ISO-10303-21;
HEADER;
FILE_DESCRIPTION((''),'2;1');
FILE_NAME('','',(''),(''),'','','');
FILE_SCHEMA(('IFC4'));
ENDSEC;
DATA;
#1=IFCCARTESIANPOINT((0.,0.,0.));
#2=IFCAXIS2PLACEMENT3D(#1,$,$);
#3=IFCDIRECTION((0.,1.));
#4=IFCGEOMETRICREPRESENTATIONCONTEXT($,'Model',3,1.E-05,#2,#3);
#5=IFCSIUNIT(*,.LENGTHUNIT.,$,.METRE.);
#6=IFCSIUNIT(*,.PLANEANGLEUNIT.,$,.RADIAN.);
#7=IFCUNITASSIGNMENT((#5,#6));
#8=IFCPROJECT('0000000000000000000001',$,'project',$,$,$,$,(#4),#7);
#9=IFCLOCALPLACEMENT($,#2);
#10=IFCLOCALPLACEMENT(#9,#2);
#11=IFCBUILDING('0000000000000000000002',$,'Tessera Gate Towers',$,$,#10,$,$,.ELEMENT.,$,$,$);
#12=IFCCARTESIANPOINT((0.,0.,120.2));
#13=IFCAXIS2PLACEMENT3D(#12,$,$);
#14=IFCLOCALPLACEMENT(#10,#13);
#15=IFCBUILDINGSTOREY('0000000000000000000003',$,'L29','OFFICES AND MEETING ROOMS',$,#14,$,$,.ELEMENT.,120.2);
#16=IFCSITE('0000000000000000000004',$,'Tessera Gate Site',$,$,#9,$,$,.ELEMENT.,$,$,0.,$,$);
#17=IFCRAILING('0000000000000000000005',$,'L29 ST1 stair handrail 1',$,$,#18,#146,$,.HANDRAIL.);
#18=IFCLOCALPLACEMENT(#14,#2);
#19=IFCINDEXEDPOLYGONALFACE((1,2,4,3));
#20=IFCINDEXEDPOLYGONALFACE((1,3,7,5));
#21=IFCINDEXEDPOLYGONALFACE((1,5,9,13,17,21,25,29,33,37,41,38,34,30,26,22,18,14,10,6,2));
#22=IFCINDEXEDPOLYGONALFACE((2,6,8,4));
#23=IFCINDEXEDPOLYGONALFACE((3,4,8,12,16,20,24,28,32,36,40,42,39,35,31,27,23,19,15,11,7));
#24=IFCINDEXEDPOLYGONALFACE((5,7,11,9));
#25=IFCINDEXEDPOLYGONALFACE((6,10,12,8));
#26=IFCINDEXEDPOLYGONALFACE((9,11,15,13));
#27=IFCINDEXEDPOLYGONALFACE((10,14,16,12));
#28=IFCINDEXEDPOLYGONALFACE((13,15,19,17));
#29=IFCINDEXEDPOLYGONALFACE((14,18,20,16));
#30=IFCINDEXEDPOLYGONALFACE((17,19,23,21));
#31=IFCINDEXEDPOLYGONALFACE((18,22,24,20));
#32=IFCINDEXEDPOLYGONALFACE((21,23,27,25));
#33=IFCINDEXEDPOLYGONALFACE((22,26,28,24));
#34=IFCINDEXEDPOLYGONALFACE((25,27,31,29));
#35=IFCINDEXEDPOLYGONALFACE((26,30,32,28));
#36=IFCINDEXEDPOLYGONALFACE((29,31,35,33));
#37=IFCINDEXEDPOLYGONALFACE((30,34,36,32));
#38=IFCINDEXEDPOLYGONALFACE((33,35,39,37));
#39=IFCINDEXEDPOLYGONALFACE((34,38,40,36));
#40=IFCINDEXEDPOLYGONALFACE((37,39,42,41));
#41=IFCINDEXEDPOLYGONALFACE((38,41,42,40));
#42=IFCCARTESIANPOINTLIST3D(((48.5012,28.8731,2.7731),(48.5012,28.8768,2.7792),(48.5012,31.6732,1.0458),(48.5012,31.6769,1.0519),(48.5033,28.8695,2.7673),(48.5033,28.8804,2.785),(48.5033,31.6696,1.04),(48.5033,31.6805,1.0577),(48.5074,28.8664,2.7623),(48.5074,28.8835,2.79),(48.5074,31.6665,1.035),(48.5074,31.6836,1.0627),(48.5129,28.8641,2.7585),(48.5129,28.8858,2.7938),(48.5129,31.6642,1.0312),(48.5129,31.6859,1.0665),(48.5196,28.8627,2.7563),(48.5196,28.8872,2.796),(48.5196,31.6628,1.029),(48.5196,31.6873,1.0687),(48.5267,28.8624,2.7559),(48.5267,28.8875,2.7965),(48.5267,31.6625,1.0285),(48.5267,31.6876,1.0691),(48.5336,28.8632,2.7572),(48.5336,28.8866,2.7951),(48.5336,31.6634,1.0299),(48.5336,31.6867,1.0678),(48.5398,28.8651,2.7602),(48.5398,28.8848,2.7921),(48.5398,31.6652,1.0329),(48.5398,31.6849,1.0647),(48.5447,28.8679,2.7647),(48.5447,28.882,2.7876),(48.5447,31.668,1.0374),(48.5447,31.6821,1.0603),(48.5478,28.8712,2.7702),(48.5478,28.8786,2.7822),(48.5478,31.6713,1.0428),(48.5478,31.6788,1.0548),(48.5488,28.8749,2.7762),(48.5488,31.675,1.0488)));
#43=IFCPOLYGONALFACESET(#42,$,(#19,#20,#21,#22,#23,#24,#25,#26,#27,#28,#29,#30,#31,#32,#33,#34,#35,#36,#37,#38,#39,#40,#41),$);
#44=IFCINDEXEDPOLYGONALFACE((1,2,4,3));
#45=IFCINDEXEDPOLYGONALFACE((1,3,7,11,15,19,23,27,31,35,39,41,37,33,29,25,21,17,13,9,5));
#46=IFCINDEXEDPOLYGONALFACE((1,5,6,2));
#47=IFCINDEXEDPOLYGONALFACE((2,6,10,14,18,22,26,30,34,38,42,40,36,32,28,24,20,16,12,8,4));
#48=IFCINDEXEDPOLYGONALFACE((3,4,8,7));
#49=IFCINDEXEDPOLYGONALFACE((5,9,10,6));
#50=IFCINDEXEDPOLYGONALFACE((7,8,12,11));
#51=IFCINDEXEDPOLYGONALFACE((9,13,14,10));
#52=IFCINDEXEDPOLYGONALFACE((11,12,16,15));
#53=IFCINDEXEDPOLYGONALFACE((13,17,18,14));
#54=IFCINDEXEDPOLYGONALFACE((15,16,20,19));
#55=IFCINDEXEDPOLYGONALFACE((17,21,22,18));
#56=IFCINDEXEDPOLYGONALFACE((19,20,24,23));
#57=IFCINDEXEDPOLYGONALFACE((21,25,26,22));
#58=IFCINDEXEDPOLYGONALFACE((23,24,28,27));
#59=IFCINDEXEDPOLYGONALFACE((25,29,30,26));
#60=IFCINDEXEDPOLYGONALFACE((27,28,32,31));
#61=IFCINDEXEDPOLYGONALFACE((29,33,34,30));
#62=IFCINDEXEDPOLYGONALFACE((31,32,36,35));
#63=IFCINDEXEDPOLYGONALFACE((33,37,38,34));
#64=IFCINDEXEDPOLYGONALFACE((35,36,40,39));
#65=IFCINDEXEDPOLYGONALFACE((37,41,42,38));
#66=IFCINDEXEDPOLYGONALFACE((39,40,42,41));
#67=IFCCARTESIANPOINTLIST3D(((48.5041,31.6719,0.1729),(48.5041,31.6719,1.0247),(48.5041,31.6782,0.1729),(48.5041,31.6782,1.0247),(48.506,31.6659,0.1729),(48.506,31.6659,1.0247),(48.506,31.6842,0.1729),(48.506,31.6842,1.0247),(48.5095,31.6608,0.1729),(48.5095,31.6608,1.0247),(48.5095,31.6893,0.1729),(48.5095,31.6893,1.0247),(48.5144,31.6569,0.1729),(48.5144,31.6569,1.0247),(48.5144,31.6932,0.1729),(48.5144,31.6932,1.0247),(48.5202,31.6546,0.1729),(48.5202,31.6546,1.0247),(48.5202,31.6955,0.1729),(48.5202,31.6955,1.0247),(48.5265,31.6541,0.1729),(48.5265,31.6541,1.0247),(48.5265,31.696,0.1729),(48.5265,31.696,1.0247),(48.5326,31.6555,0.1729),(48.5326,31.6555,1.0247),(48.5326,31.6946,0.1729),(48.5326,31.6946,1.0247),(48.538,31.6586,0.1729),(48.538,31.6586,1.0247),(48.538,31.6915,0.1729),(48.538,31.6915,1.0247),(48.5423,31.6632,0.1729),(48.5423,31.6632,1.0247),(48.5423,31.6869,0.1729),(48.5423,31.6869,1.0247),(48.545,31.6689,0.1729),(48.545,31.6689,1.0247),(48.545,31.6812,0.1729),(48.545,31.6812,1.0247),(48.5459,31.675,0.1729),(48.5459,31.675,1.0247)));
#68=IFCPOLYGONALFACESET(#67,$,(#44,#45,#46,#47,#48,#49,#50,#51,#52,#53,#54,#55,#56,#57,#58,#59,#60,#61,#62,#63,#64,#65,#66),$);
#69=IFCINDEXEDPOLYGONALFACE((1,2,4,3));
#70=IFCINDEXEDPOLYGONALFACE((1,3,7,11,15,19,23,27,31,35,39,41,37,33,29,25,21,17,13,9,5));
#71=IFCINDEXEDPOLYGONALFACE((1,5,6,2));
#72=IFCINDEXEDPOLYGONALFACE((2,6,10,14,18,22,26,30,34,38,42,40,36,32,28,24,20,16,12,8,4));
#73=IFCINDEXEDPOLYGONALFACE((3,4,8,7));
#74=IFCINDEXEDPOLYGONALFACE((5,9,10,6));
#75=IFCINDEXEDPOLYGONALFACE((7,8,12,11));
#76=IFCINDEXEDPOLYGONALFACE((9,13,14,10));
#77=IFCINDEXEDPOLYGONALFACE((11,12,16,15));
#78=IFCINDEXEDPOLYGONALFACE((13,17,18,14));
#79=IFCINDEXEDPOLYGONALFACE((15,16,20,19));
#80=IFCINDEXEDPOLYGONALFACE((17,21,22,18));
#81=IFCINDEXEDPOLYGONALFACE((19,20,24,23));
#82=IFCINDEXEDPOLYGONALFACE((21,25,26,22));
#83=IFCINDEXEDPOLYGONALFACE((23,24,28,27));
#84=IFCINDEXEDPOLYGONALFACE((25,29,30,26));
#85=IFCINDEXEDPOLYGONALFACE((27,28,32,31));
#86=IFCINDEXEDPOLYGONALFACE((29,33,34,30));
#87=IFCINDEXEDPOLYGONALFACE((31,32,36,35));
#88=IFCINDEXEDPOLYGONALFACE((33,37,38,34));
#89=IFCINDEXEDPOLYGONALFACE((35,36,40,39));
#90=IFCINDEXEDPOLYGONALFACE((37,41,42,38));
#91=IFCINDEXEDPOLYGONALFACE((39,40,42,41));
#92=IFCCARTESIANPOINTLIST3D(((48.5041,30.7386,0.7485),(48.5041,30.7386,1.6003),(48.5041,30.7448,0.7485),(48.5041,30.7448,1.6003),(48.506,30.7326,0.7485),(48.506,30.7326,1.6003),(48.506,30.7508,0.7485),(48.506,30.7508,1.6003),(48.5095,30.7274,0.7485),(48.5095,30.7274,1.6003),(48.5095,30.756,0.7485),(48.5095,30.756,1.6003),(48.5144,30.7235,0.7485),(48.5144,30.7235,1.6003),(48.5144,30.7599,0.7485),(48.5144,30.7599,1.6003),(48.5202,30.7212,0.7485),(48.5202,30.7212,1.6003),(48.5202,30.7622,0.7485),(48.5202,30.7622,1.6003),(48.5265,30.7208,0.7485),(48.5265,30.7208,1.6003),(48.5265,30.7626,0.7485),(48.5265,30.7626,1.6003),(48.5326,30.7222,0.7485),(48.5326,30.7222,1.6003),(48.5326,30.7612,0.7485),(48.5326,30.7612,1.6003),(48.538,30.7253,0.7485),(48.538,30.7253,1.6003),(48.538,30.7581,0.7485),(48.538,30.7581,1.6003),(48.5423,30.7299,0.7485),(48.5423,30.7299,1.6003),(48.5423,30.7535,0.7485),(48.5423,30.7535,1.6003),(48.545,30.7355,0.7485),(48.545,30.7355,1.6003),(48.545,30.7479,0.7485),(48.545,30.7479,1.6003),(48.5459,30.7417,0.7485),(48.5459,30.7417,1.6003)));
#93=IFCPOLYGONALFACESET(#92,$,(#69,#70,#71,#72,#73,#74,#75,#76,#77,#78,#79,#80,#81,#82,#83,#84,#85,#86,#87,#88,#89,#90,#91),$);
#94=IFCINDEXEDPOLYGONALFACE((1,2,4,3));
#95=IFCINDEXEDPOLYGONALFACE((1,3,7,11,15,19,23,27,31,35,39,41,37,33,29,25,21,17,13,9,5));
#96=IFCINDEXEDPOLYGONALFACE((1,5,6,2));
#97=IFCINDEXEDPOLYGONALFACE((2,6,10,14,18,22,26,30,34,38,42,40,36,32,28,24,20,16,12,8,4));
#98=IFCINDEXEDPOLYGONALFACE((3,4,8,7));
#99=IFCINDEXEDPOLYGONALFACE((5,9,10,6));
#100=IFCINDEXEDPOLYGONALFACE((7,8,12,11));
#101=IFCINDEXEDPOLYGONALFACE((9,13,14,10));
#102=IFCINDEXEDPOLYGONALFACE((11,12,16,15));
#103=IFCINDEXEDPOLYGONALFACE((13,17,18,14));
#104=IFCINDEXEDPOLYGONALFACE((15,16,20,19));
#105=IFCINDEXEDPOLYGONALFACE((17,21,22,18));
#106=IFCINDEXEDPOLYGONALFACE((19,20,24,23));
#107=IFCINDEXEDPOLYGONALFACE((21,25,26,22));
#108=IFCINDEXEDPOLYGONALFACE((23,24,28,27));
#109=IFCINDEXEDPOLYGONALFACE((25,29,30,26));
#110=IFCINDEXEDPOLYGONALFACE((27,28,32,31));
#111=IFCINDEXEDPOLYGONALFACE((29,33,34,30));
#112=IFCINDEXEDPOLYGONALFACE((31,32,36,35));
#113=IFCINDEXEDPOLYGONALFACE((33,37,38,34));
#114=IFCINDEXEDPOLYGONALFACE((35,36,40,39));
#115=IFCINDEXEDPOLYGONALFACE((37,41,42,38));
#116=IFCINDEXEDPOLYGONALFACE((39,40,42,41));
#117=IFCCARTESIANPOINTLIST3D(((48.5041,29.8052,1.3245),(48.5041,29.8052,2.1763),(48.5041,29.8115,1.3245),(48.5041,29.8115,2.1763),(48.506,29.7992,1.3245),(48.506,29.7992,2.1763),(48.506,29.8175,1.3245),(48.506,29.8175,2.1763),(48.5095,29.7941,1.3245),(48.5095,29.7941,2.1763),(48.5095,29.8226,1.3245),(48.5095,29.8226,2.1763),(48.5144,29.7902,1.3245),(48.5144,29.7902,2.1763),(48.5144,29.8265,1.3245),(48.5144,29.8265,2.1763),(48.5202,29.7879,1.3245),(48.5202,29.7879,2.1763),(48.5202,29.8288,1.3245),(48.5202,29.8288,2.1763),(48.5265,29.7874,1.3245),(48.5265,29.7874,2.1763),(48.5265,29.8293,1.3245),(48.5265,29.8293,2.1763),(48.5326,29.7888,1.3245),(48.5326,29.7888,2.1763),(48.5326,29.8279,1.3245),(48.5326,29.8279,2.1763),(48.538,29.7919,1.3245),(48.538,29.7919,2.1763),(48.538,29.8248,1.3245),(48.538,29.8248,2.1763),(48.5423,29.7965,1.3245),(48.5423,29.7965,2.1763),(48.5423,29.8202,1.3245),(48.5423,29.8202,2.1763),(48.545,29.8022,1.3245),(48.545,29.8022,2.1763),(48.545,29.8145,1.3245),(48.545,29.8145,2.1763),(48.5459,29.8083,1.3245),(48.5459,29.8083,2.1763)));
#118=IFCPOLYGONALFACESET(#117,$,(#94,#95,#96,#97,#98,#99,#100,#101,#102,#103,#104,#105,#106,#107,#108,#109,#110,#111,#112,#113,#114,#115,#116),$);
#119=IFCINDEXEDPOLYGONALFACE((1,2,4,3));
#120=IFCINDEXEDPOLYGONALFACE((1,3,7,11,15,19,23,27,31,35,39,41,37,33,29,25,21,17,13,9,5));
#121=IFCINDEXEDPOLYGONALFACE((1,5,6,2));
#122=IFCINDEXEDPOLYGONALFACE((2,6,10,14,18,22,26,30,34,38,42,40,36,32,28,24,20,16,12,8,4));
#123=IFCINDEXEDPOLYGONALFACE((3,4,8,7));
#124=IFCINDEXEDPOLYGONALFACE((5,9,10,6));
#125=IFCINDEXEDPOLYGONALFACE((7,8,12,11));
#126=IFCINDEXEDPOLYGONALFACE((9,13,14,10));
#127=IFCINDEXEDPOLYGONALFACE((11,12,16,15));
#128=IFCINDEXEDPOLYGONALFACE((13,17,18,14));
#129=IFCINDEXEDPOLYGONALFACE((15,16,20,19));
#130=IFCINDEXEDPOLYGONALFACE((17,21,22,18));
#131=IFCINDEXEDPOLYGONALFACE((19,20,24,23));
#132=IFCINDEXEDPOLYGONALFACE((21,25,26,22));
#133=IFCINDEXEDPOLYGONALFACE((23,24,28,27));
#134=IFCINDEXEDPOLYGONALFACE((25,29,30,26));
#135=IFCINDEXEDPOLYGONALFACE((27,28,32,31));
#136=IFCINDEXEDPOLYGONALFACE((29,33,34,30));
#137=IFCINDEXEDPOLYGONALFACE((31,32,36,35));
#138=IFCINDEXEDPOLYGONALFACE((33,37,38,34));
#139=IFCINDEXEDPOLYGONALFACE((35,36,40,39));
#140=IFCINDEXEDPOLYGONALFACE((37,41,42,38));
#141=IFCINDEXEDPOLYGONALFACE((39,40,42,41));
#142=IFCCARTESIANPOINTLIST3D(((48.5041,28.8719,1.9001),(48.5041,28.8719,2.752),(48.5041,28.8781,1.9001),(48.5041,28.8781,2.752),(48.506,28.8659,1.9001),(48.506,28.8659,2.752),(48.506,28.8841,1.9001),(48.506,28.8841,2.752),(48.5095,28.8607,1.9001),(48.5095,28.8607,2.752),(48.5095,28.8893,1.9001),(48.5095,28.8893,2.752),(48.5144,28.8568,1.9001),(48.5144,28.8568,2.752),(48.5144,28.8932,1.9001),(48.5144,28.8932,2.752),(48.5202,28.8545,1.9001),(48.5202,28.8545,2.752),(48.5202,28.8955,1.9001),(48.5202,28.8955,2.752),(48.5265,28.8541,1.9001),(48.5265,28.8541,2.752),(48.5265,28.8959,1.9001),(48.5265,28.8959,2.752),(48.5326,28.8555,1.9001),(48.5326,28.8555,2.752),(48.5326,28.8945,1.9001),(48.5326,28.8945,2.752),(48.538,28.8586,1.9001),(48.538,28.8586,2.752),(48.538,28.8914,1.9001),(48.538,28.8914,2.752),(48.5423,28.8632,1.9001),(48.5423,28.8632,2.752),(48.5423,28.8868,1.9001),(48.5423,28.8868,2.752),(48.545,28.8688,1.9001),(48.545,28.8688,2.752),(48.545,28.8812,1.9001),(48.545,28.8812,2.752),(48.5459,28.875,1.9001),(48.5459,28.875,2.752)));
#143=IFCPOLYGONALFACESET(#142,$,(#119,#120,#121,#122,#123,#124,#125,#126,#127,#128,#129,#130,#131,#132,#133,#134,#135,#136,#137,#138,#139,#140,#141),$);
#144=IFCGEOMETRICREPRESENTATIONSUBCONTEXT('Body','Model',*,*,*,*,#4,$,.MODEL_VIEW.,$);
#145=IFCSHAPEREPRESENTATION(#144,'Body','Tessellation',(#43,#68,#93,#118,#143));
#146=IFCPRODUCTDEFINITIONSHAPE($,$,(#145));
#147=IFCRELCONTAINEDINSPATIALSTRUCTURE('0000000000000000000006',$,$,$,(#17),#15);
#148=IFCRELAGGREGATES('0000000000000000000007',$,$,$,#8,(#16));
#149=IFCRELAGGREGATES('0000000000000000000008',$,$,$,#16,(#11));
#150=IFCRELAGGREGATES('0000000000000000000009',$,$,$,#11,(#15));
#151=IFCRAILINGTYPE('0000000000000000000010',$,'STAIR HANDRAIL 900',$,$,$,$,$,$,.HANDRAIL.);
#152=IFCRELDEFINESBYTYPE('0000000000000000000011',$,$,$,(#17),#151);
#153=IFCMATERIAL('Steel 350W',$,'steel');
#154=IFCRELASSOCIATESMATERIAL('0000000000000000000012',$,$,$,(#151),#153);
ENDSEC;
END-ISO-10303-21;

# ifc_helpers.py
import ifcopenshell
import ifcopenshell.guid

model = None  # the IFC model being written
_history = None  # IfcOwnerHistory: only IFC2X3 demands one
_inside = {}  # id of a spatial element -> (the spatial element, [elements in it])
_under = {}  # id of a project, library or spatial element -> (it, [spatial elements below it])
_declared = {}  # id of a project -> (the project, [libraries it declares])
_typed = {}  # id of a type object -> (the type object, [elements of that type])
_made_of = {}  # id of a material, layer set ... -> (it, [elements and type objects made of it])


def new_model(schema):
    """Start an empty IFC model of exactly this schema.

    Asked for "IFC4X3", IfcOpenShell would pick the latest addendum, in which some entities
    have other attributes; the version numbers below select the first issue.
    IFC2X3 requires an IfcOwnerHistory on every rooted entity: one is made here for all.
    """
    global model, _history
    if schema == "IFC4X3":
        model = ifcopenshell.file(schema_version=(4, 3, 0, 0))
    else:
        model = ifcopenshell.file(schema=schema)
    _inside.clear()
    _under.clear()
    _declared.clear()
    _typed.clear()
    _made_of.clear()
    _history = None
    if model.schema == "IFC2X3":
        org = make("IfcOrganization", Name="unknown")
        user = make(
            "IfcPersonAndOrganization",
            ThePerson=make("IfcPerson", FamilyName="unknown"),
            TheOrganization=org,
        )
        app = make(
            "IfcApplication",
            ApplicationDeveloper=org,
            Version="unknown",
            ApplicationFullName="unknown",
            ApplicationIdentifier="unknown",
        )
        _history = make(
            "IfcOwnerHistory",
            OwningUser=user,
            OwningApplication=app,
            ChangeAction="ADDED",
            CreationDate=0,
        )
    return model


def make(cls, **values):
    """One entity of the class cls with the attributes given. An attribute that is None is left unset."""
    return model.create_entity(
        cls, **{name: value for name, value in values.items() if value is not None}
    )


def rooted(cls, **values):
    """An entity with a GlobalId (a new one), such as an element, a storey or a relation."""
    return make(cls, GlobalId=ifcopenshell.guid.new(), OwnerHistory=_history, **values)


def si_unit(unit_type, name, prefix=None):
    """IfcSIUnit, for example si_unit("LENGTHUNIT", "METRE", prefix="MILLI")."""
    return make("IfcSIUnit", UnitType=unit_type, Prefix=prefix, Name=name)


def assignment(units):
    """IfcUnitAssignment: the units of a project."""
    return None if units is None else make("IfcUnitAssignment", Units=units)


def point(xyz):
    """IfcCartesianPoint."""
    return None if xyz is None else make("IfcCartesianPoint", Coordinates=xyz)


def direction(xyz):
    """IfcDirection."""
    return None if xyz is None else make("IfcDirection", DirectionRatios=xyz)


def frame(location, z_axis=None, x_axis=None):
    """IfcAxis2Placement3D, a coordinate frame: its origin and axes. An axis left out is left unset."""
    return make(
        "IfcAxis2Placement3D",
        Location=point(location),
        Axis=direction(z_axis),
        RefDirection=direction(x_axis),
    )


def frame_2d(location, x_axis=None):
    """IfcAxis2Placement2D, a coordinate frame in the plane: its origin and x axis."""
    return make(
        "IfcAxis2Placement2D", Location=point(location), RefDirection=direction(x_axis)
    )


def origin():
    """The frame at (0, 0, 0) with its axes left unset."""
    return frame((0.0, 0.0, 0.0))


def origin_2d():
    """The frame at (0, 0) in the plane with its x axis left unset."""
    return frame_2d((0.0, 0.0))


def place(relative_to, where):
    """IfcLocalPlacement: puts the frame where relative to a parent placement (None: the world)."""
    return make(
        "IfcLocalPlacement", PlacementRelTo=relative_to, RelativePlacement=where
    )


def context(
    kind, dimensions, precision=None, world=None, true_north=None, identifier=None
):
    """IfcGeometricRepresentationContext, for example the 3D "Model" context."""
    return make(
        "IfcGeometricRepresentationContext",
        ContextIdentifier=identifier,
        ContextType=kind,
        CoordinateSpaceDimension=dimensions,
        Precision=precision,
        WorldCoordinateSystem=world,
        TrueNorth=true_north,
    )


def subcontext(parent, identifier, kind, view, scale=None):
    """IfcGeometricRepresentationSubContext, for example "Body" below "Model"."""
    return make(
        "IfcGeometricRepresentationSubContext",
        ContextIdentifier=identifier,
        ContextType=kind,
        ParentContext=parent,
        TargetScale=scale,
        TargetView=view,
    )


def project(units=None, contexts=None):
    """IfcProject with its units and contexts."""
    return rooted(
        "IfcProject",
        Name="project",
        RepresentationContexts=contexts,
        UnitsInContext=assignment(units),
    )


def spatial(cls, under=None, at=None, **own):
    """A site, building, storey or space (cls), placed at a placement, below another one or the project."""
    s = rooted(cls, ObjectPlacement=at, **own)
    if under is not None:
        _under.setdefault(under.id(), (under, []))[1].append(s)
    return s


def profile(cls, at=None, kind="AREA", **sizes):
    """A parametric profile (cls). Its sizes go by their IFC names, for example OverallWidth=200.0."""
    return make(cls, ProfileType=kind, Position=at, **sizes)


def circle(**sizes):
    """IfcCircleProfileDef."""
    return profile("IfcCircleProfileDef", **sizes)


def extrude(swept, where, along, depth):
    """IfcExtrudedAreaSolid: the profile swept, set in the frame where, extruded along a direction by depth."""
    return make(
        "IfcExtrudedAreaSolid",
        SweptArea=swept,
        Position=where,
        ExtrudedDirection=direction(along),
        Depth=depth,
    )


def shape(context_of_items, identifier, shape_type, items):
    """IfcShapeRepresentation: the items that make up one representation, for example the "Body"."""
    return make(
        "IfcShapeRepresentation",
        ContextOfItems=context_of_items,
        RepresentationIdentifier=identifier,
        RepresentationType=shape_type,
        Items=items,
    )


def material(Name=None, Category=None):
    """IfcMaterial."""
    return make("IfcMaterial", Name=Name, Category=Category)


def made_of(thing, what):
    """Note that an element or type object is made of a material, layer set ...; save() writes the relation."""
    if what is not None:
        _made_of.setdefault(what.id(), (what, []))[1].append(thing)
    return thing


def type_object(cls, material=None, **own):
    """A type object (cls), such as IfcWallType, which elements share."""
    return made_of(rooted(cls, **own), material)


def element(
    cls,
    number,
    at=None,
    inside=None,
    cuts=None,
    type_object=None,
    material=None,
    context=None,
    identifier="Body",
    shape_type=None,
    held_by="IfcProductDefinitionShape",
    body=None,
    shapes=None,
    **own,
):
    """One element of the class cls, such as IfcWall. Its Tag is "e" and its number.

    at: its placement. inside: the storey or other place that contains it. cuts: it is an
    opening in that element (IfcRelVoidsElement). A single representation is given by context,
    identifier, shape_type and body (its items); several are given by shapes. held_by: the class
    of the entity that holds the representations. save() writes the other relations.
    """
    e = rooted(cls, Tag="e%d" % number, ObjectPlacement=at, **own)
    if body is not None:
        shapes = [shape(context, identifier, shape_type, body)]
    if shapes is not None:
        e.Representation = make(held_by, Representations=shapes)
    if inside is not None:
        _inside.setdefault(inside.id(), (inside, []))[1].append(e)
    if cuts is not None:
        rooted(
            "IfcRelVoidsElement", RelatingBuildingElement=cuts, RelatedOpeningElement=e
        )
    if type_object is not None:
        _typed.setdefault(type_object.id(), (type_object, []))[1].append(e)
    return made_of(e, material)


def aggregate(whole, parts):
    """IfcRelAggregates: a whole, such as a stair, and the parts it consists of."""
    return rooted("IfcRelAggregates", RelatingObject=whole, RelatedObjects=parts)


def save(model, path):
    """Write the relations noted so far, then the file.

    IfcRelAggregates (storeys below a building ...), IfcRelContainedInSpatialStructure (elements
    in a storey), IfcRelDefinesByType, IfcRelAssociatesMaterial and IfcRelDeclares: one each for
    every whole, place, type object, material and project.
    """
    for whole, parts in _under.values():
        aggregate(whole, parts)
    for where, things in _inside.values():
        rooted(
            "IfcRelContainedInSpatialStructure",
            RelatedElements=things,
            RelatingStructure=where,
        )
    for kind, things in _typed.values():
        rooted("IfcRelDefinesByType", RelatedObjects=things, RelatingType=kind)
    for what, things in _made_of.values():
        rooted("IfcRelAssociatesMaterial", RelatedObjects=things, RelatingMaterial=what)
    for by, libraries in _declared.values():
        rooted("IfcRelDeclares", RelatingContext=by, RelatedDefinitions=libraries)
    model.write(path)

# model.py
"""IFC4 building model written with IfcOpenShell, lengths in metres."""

from ifc_helpers import new_model, si_unit, direction, frame, origin, origin_2d, place, context, subcontext, project, spatial, circle, extrude, material, type_object, element, save


model = new_model("IFC4")

# Units and contexts
model_context = context("Model", 3, precision=1e-05, world=origin(), true_north=direction((0.0, 1.0)))
body_context = subcontext(model_context, "Body", "Model", "MODEL_VIEW")
ifc_project = project(units=[si_unit("LENGTHUNIT", "METRE"), si_unit("PLANEANGLEUNIT", "RADIAN")], contexts=[model_context])

# Site, building, storey
site_placement = place(None, origin())
site = spatial("IfcSite", under=ifc_project, at=site_placement, Name="Tessera Gate Site", CompositionType="ELEMENT", RefElevation=0.0)
building_placement = place(site_placement, origin())
building = spatial("IfcBuilding", under=site, at=building_placement, Name="Tessera Gate Towers", CompositionType="ELEMENT")
storey_placement = place(building_placement, frame((0.0, 0.0, 120.2)))
storey = spatial("IfcBuildingStorey", under=building, at=storey_placement, Name="L29", Description="OFFICES AND MEETING ROOMS", CompositionType="ELEMENT", Elevation=120.2)

# Railing
ifc_material_1 = material(Name="Steel 350W", Category="steel")
railing_type_1 = type_object("IfcRailingType", Name="STAIR HANDRAIL 900", PredefinedType="HANDRAIL", material=ifc_material_1)
railing_1_placement = place(storey_placement, frame((48.5249, 31.675, 0.1729)))
element("IfcRailing", 1, at=railing_1_placement, inside=storey, type_object=railing_type_1, Name="L29 ST1 stair handrail 1", PredefinedType="HANDRAIL", context=body_context, shape_type="SweptSolid", body=[
    extrude(circle(Radius=0.0239, at=origin_2d()), frame((0.0, 0.0, 0.876), z_axis=(0.0, -0.85109, 0.52502), x_axis=(1.0, 0.0, 0.0)), (0.0, 0.0, 1.0), 3.29),
    extrude(circle(Radius=0.021, at=origin_2d()), origin(), (0.0, 0.0, 1.0), 0.8518),
    extrude(circle(Radius=0.021, at=origin_2d()), frame((0.0, -0.9333, 0.5757)), (0.0, 0.0, 1.0), 0.8518),
    extrude(circle(Radius=0.021, at=origin_2d()), frame((0.0, -1.8667, 1.1516)), (0.0, 0.0, 1.0), 0.8518),
    extrude(circle(Radius=0.021, at=origin_2d()), frame((0.0, -2.8, 1.7273)), (0.0, 0.0, 1.0), 0.8518),
])

save(model, "model.ifc")
